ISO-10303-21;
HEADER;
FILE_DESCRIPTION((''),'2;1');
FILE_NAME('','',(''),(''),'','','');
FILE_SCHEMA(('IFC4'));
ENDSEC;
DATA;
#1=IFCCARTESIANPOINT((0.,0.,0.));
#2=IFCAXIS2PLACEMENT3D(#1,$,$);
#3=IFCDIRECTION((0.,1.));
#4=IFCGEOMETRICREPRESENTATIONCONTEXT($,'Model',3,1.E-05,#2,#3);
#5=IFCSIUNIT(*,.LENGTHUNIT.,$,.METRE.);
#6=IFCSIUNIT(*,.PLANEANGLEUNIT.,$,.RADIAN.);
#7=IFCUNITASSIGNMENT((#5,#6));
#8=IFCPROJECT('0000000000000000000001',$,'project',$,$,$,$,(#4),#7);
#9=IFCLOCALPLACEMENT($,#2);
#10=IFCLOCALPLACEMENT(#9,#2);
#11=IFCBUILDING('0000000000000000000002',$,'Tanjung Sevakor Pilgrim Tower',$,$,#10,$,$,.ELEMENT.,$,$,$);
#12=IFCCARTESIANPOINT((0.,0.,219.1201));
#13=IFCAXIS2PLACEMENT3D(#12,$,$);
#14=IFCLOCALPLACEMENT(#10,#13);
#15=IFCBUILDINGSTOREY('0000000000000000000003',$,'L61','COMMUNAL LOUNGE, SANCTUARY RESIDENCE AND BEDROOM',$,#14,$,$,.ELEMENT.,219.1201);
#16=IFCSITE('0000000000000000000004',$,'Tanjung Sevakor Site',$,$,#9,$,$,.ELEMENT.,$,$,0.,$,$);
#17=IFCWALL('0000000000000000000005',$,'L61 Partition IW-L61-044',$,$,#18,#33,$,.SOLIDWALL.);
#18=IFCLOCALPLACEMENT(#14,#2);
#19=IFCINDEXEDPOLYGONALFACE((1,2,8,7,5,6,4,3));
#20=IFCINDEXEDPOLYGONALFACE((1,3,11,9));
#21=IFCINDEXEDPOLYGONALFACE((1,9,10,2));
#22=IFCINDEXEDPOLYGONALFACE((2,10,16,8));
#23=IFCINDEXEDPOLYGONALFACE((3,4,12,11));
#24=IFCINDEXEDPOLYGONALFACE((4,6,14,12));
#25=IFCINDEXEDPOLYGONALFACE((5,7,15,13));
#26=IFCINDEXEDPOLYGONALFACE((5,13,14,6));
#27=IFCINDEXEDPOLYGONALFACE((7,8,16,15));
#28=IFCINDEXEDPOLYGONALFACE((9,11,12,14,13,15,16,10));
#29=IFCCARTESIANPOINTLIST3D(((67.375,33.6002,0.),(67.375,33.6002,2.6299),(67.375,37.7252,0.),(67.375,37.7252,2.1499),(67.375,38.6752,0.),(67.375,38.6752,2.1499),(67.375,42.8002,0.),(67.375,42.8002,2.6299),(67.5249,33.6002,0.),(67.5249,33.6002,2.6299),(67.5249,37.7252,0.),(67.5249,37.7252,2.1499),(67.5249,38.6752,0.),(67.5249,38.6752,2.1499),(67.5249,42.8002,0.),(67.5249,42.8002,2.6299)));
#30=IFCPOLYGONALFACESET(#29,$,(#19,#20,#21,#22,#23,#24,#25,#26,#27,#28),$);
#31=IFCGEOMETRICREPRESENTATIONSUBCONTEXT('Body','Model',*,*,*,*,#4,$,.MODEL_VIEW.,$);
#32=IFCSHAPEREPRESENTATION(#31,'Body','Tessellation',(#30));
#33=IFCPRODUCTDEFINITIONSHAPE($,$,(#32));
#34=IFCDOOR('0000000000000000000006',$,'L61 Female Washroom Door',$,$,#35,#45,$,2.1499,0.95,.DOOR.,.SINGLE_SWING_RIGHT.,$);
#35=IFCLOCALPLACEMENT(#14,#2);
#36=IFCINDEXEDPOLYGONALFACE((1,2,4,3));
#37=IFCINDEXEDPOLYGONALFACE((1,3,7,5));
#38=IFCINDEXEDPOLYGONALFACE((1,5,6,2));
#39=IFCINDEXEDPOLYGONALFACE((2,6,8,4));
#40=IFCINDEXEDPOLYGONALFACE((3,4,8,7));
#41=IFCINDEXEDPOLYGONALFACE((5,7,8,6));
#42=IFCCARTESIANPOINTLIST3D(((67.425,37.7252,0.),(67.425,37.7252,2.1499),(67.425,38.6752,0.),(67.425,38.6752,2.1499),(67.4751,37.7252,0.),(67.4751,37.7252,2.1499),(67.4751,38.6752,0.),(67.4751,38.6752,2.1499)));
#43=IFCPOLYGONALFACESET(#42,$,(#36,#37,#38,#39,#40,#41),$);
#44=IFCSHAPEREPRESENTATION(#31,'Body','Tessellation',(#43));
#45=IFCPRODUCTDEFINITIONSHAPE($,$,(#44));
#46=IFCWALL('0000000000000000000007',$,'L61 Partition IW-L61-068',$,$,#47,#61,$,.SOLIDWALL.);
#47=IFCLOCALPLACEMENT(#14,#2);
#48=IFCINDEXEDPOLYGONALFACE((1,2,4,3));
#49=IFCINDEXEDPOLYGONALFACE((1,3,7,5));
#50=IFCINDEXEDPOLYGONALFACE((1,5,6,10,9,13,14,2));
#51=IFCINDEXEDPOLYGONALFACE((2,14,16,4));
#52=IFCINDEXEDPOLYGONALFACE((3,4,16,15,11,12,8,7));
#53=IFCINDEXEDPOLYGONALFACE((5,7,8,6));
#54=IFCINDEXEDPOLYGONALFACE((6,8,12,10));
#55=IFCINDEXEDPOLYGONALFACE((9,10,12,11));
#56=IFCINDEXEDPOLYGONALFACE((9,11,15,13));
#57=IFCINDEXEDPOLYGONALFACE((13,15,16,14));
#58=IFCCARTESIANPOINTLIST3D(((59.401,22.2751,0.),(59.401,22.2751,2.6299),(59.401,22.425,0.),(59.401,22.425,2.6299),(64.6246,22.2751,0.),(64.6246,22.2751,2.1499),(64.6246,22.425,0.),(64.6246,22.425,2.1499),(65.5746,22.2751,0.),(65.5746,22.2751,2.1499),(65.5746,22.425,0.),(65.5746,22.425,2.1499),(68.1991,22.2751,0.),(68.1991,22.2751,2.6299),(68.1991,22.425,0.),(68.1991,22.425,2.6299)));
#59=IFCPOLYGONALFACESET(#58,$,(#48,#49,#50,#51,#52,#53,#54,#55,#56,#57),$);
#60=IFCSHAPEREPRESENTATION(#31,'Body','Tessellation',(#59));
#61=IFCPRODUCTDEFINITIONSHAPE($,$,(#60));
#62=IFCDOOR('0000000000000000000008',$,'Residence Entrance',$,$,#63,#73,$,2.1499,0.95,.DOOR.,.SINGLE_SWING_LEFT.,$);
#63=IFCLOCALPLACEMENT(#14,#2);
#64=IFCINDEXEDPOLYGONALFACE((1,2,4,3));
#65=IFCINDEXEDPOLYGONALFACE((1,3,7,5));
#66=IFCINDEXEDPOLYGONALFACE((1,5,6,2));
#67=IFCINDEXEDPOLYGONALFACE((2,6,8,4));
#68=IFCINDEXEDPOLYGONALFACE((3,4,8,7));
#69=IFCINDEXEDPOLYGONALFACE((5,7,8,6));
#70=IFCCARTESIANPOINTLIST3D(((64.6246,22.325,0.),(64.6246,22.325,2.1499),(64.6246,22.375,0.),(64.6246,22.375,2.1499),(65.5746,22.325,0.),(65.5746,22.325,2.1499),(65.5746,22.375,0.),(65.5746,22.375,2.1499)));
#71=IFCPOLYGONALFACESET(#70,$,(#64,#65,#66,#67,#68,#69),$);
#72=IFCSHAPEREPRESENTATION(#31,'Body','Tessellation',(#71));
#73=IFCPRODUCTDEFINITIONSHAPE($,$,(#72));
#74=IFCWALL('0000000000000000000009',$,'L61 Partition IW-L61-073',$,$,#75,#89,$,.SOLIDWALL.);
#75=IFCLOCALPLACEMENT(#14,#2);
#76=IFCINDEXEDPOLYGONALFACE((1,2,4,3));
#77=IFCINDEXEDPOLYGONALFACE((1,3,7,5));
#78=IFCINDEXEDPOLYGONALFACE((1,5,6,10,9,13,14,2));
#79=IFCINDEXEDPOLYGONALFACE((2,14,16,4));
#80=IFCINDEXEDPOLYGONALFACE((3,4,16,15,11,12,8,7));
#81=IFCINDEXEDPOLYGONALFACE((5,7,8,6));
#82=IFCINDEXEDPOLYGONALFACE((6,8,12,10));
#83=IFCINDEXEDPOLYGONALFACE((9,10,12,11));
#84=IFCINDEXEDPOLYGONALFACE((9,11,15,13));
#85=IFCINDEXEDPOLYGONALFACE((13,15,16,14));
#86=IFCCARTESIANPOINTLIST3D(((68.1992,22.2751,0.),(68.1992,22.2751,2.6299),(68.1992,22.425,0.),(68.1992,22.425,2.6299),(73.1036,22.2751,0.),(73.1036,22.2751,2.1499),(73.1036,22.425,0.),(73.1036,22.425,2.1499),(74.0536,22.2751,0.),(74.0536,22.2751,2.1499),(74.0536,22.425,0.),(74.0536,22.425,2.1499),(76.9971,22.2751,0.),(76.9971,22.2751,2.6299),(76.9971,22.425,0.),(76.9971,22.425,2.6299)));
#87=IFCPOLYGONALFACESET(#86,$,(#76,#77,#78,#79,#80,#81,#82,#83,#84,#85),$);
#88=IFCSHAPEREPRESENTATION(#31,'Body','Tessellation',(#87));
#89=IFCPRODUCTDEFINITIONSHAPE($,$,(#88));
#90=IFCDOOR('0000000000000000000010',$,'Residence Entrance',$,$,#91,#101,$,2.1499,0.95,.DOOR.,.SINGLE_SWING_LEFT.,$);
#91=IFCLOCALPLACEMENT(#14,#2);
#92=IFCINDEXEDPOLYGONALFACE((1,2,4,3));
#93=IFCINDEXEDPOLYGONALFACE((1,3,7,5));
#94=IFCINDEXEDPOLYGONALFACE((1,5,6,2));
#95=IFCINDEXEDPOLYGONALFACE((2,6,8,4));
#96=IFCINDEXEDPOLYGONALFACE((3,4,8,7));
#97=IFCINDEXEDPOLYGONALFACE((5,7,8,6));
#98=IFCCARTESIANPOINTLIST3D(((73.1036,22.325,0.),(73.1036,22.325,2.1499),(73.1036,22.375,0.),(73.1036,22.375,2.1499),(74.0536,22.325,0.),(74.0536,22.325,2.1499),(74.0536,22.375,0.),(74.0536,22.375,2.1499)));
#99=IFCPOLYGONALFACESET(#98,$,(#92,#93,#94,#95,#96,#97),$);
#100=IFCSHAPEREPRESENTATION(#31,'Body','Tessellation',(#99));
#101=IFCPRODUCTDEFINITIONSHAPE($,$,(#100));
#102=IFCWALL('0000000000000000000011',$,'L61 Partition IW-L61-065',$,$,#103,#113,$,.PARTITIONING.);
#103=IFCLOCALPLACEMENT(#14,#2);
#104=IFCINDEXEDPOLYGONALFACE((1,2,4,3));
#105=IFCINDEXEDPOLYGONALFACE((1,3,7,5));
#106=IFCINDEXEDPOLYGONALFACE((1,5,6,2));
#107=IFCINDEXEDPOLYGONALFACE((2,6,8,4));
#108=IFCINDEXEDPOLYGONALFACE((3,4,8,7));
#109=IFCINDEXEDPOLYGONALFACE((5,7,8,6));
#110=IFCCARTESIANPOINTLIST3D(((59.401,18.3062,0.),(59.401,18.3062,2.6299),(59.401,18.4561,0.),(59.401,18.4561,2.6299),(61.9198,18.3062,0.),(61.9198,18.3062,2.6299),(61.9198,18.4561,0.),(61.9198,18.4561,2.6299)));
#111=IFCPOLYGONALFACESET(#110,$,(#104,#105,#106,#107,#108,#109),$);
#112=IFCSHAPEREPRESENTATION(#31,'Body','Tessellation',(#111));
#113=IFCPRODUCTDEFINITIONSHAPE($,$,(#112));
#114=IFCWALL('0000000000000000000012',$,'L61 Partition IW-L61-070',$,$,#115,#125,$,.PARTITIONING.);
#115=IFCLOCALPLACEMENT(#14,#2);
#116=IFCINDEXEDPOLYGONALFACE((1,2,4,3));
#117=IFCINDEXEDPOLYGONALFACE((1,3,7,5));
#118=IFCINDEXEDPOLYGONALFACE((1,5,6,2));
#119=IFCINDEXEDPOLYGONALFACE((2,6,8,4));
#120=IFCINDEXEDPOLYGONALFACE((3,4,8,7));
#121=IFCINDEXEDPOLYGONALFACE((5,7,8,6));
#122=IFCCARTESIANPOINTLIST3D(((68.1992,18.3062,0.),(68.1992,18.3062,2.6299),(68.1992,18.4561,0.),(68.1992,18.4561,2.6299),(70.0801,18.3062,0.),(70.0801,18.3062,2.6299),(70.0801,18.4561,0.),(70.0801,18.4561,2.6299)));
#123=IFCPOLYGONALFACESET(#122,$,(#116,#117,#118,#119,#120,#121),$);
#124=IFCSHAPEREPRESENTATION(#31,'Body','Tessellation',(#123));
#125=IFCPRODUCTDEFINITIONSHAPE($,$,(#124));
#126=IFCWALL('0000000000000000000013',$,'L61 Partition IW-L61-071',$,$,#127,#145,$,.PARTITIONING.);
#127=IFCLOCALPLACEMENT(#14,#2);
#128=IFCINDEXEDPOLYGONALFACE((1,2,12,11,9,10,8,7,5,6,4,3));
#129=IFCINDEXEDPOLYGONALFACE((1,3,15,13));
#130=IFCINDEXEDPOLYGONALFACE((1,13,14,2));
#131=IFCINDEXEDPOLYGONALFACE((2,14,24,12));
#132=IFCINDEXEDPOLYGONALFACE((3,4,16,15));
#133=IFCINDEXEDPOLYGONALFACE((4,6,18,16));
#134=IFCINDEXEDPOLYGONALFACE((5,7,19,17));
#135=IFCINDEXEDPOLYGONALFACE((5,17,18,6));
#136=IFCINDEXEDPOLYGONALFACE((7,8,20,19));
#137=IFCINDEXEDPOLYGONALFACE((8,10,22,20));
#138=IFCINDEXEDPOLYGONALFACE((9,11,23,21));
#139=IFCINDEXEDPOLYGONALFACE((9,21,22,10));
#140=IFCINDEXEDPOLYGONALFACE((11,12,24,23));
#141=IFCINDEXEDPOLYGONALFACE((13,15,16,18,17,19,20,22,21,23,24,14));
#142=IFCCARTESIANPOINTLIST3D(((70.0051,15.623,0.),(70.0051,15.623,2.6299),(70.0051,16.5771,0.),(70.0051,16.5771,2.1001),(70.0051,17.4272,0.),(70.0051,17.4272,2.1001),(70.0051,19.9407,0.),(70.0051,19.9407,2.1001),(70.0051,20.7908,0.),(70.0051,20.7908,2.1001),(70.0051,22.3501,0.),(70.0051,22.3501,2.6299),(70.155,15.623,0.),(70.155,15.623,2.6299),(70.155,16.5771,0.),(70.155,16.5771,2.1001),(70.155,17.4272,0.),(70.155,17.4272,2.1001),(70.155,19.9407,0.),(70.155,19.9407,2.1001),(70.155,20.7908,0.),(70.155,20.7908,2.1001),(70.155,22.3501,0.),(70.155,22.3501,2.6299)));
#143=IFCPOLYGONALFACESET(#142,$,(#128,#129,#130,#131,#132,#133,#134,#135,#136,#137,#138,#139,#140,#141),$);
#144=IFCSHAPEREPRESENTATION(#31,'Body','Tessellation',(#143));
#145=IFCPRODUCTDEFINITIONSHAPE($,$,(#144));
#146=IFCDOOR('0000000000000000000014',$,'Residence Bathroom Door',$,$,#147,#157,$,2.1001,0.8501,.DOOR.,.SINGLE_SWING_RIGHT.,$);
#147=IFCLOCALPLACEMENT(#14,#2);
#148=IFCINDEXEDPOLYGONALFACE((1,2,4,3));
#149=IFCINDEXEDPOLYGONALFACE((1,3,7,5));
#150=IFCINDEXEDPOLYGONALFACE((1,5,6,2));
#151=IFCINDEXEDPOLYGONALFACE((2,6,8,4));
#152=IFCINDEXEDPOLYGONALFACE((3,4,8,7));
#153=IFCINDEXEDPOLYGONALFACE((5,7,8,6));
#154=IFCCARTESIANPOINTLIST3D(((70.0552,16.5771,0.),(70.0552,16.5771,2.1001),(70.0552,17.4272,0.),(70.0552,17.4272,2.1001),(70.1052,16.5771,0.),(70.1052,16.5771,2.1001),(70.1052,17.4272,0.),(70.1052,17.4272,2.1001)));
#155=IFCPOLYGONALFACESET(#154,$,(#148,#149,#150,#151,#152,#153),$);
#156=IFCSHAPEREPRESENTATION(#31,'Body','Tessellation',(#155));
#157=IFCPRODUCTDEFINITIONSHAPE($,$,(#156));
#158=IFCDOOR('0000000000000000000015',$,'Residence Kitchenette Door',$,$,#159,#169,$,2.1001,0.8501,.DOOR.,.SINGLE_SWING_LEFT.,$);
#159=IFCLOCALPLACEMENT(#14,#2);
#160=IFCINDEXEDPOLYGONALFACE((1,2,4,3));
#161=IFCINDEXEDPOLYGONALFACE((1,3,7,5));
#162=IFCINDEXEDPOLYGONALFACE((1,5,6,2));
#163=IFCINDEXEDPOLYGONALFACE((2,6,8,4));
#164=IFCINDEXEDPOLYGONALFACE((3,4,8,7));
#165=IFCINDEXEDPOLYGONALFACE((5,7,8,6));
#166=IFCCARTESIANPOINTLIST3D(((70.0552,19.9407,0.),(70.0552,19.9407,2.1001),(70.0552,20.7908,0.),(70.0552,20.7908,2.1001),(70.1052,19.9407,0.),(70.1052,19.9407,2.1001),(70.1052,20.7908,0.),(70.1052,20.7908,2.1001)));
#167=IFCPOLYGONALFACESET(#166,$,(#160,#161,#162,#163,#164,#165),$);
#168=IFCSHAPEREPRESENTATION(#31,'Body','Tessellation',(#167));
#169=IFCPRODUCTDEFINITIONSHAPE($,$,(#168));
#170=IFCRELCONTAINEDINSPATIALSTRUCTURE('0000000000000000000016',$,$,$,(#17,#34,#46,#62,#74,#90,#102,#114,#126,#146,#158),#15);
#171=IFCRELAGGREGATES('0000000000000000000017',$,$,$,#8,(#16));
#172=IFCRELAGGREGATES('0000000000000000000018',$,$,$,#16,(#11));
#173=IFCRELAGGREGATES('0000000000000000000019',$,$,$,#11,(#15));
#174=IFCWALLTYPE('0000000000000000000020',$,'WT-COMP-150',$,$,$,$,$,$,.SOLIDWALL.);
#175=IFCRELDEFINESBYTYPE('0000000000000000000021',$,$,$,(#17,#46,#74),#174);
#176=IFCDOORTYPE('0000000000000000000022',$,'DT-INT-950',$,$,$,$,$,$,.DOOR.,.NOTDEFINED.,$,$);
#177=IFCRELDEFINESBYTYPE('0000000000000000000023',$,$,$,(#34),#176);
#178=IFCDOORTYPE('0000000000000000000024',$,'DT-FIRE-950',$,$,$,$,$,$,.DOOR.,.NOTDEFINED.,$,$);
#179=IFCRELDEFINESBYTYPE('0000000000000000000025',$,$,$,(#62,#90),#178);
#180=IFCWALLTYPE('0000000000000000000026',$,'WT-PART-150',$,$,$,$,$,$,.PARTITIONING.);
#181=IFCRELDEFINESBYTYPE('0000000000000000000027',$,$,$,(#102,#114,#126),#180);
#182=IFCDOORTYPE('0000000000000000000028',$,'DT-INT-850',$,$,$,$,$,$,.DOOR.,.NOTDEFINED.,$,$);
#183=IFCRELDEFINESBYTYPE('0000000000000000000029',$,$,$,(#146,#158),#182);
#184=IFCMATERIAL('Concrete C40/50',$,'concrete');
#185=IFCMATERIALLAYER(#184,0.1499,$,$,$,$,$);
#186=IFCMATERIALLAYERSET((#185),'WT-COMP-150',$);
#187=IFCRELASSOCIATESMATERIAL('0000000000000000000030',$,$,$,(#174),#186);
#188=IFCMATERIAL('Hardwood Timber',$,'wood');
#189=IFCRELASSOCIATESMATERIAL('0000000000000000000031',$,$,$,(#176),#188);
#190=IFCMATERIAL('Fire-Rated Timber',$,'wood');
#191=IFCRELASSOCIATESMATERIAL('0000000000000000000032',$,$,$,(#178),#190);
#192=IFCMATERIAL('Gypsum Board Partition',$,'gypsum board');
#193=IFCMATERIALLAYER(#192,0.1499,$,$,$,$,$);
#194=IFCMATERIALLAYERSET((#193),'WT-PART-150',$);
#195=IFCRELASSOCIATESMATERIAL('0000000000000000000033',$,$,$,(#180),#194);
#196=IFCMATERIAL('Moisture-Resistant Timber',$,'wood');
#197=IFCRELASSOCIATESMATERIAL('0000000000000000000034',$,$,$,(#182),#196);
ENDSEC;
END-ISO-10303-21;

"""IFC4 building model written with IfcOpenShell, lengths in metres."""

from ifc_helpers import new_model, si_unit, direction, frame, frame_2d, origin, place, context, subcontext, project, spatial, rectangle, extrude, material, layer, layer_set, type_object, element, fill, save


model = new_model("IFC4")

# Units and contexts
model_context = context("Model", 3, precision=1e-05, world=origin(), true_north=direction((0.0, 1.0)))
body_context = subcontext(model_context, "Body", "Model", "MODEL_VIEW")
ifc_project = project(units=[si_unit("LENGTHUNIT", "METRE"), si_unit("PLANEANGLEUNIT", "RADIAN")], contexts=[model_context])

# Site, building, storey
site_placement = place(None, origin())
site = spatial("IfcSite", under=ifc_project, at=site_placement, Name="Tanjung Sevakor Site", CompositionType="ELEMENT", RefElevation=0.0)
building_placement = place(site_placement, origin())
building = spatial("IfcBuilding", under=site, at=building_placement, Name="Tanjung Sevakor Pilgrim Tower", CompositionType="ELEMENT")
storey_placement = place(building_placement, frame((0.0, 0.0, 219.1201)))
storey = spatial("IfcBuildingStorey", under=building, at=storey_placement, Name="L61", Description="COMMUNAL LOUNGE, SANCTUARY RESIDENCE AND BEDROOM", CompositionType="ELEMENT", Elevation=219.1201)

# Shared definitions
ifc_material_1 = material(Name="Concrete C40/50", Category="concrete")
ifc_layer_1 = layer(ifc_material_1, 0.1499)
ifc_layer_set_1 = layer_set([ifc_layer_1], Name="WT-COMP-150")
wall_type_1 = type_object("IfcWallType", Name="WT-COMP-150", PredefinedType="SOLIDWALL", material=ifc_layer_set_1)

# Walls, openings, doors
ifc_material_2 = material(Name="Hardwood Timber", Category="wood")
door_type_1 = type_object("IfcDoorType", Name="DT-INT-950", OperationType="NOTDEFINED", PredefinedType="DOOR", material=ifc_material_2)
wall_1_placement = place(storey_placement, frame((67.45, 33.6001, 0.0), z_axis=(0.0, 0.0, 1.0), x_axis=(0.0, 1.0, 0.0)))
wall_1 = element("IfcWall", 1, at=wall_1_placement, inside=storey, type_object=wall_type_1, Name="L61 Partition IW-L61-044", PredefinedType="SOLIDWALL", context=body_context, shape_type="SweptSolid", body=[
    extrude(rectangle(XDim=9.2, YDim=0.1499, at=frame_2d((4.6001, 0.0))), origin(), (0.0, 0.0, 1.0), 2.6299),
])
opening_1_placement = place(wall_1_placement, frame((4.125, 0.0, 0.0)))
opening_1 = element("IfcOpeningElement", 2, at=opening_1_placement, cuts=wall_1, PredefinedType="OPENING", context=body_context, shape_type="SweptSolid", body=[
    extrude(rectangle(XDim=0.95, YDim=2.1499, at=frame_2d((0.4751, 1.075))), frame((0.0, 0.085, 0.0), z_axis=(0.0, -1.0, 0.0), x_axis=(1.0, 0.0, 0.0)), (0.0, 0.0, 1.0), 0.1699),
])
door_1_placement = place(opening_1_placement, origin())
door_1 = element("IfcDoor", 3, at=door_1_placement, inside=storey, type_object=door_type_1, Name="L61 Female Washroom Door", OperationType="SINGLE_SWING_RIGHT", OverallHeight=2.1499, OverallWidth=0.95, PredefinedType="DOOR", context=body_context, shape_type="SweptSolid", body=[
    extrude(rectangle(XDim=0.95, YDim=2.1499, at=frame_2d((0.4751, 1.075))), frame((0.0, 0.0249, 0.0), z_axis=(0.0, -1.0, 0.0), x_axis=(1.0, 0.0, 0.0)), (0.0, 0.0, 1.0), 0.05),
])
fill(opening_1, door_1)
wall_2_placement = place(storey_placement, frame((59.4011, 22.3501, 0.0), z_axis=(0.0, 0.0, 1.0), x_axis=(1.0, 0.0, 0.0)))
wall_2 = element("IfcWall", 4, at=wall_2_placement, inside=storey, type_object=wall_type_1, Name="L61 Partition IW-L61-068", PredefinedType="SOLIDWALL", context=body_context, shape_type="SweptSolid", body=[
    extrude(rectangle(XDim=8.7981, YDim=0.1499, at=frame_2d((4.3989, 0.0))), origin(), (0.0, 0.0, 1.0), 2.6299),
])
opening_2_placement = place(wall_2_placement, frame((5.2234, 0.0, 0.0)))
opening_2 = element("IfcOpeningElement", 5, at=opening_2_placement, cuts=wall_2, PredefinedType="OPENING", context=body_context, shape_type="SweptSolid", body=[
    extrude(rectangle(XDim=0.95, YDim=2.1499, at=frame_2d((0.4751, 1.075))), frame((0.0, 0.085, 0.0), z_axis=(0.0, -1.0, 0.0), x_axis=(1.0, 0.0, 0.0)), (0.0, 0.0, 1.0), 0.1699),
])
ifc_material_3 = material(Name="Fire-Rated Timber", Category="wood")
door_type_2 = type_object("IfcDoorType", Name="DT-FIRE-950", OperationType="NOTDEFINED", PredefinedType="DOOR", material=ifc_material_3)
door_2_placement = place(opening_2_placement, origin())
door_2 = element("IfcDoor", 6, at=door_2_placement, inside=storey, type_object=door_type_2, Name="Residence Entrance", OperationType="SINGLE_SWING_LEFT", OverallHeight=2.1499, OverallWidth=0.95, PredefinedType="DOOR", context=body_context, shape_type="SweptSolid", body=[
    extrude(rectangle(XDim=0.95, YDim=2.1499, at=frame_2d((0.4751, 1.075))), frame((0.0, 0.0249, 0.0), z_axis=(0.0, -1.0, 0.0), x_axis=(1.0, 0.0, 0.0)), (0.0, 0.0, 1.0), 0.05),
])
fill(opening_2, door_2)
wall_3_placement = place(storey_placement, frame((68.1992, 22.3501, 0.0), z_axis=(0.0, 0.0, 1.0), x_axis=(1.0, 0.0, 0.0)))
wall_3 = element("IfcWall", 7, at=wall_3_placement, inside=storey, type_object=wall_type_1, Name="L61 Partition IW-L61-073", PredefinedType="SOLIDWALL", context=body_context, shape_type="SweptSolid", body=[
    extrude(rectangle(XDim=8.7979, YDim=0.1499, at=frame_2d((4.3989, 0.0))), origin(), (0.0, 0.0, 1.0), 2.6299),
])
opening_3_placement = place(wall_3_placement, frame((4.9043, 0.0, 0.0)))
opening_3 = element("IfcOpeningElement", 8, at=opening_3_placement, cuts=wall_3, PredefinedType="OPENING", context=body_context, shape_type="SweptSolid", body=[
    extrude(rectangle(XDim=0.95, YDim=2.1499, at=frame_2d((0.4751, 1.075))), frame((0.0, 0.085, 0.0), z_axis=(0.0, -1.0, 0.0), x_axis=(1.0, 0.0, 0.0)), (0.0, 0.0, 1.0), 0.1699),
])
door_3_placement = place(opening_3_placement, origin())
door_3 = element("IfcDoor", 9, at=door_3_placement, inside=storey, type_object=door_type_2, Name="Residence Entrance", OperationType="SINGLE_SWING_LEFT", OverallHeight=2.1499, OverallWidth=0.95, PredefinedType="DOOR", context=body_context, shape_type="SweptSolid", body=[
    extrude(rectangle(XDim=0.95, YDim=2.1499, at=frame_2d((0.4751, 1.075))), frame((0.0, 0.0249, 0.0), z_axis=(0.0, -1.0, 0.0), x_axis=(1.0, 0.0, 0.0)), (0.0, 0.0, 1.0), 0.05),
])
fill(opening_3, door_3)

# Walls
ifc_material_4 = material(Name="Gypsum Board Partition", Category="gypsum board")
ifc_layer_2 = layer(ifc_material_4, 0.1499)
ifc_layer_set_2 = layer_set([ifc_layer_2], Name="WT-PART-150")
wall_type_2 = type_object("IfcWallType", Name="WT-PART-150", PredefinedType="PARTITIONING", material=ifc_layer_set_2)
wall_4_placement = place(storey_placement, frame((59.4011, 18.3811, 0.0), z_axis=(0.0, 0.0, 1.0), x_axis=(1.0, 0.0, 0.0)))
element("IfcWall", 10, at=wall_4_placement, inside=storey, type_object=wall_type_2, Name="L61 Partition IW-L61-065", PredefinedType="PARTITIONING", context=body_context, shape_type="SweptSolid", body=[
    extrude(rectangle(XDim=2.5188, YDim=0.1499, at=frame_2d((1.2593, 0.0))), origin(), (0.0, 0.0, 1.0), 2.6299),
])
wall_5_placement = place(storey_placement, frame((68.1992, 18.3811, 0.0), z_axis=(0.0, 0.0, 1.0), x_axis=(1.0, 0.0, 0.0)))
element("IfcWall", 11, at=wall_5_placement, inside=storey, type_object=wall_type_2, Name="L61 Partition IW-L61-070", PredefinedType="PARTITIONING", context=body_context, shape_type="SweptSolid", body=[
    extrude(rectangle(XDim=1.8809, YDim=0.1499, at=frame_2d((0.9404, 0.0))), origin(), (0.0, 0.0, 1.0), 2.6299),
])

# Wall, openings, doors
wall_6_placement = place(storey_placement, frame((70.0801, 15.623, 0.0), z_axis=(0.0, 0.0, 1.0), x_axis=(0.0, 1.0, 0.0)))
wall_6 = element("IfcWall", 12, at=wall_6_placement, inside=storey, type_object=wall_type_2, Name="L61 Partition IW-L61-071", PredefinedType="PARTITIONING", context=body_context, shape_type="SweptSolid", body=[
    extrude(rectangle(XDim=6.7271, YDim=0.1499, at=frame_2d((3.3635, 0.0))), origin(), (0.0, 0.0, 1.0), 2.6299),
])
opening_4_placement = place(wall_6_placement, frame((0.9541, 0.0, 0.0)))
opening_4 = element("IfcOpeningElement", 13, at=opening_4_placement, cuts=wall_6, PredefinedType="OPENING", context=body_context, shape_type="SweptSolid", body=[
    extrude(rectangle(XDim=0.8501, YDim=2.1001, at=frame_2d((0.425, 1.05))), frame((0.0, 0.085, 0.0), z_axis=(0.0, -1.0, 0.0), x_axis=(1.0, 0.0, 0.0)), (0.0, 0.0, 1.0), 0.1699),
])
opening_5_placement = place(wall_6_placement, frame((4.3176, 0.0, 0.0)))
opening_5 = element("IfcOpeningElement", 14, at=opening_5_placement, cuts=wall_6, PredefinedType="OPENING", context=body_context, shape_type="SweptSolid", body=[
    extrude(rectangle(XDim=0.8501, YDim=2.1001, at=frame_2d((0.425, 1.05))), frame((0.0, 0.085, 0.0), z_axis=(0.0, -1.0, 0.0), x_axis=(1.0, 0.0, 0.0)), (0.0, 0.0, 1.0), 0.1699),
])
ifc_material_5 = material(Name="Moisture-Resistant Timber", Category="wood")
door_type_3 = type_object("IfcDoorType", Name="DT-INT-850", OperationType="NOTDEFINED", PredefinedType="DOOR", material=ifc_material_5)
door_4_placement = place(opening_4_placement, origin())
door_4 = element("IfcDoor", 15, at=door_4_placement, inside=storey, type_object=door_type_3, Name="Residence Bathroom Door", OperationType="SINGLE_SWING_RIGHT", OverallHeight=2.1001, OverallWidth=0.8501, PredefinedType="DOOR", context=body_context, shape_type="SweptSolid", body=[
    extrude(rectangle(XDim=0.8501, YDim=2.1001, at=frame_2d((0.425, 1.05))), frame((0.0, 0.0249, 0.0), z_axis=(0.0, -1.0, 0.0), x_axis=(1.0, 0.0, 0.0)), (0.0, 0.0, 1.0), 0.05),
])
fill(opening_4, door_4)
door_5_placement = place(opening_5_placement, origin())
door_5 = element("IfcDoor", 16, at=door_5_placement, inside=storey, type_object=door_type_3, Name="Residence Kitchenette Door", OperationType="SINGLE_SWING_LEFT", OverallHeight=2.1001, OverallWidth=0.8501, PredefinedType="DOOR", context=body_context, shape_type="SweptSolid", body=[
    extrude(rectangle(XDim=0.8501, YDim=2.1001, at=frame_2d((0.425, 1.05))), frame((0.0, 0.0249, 0.0), z_axis=(0.0, -1.0, 0.0), x_axis=(1.0, 0.0, 0.0)), (0.0, 0.0, 1.0), 0.05),
])
fill(opening_5, door_5)

save(model, "model.ifc")
